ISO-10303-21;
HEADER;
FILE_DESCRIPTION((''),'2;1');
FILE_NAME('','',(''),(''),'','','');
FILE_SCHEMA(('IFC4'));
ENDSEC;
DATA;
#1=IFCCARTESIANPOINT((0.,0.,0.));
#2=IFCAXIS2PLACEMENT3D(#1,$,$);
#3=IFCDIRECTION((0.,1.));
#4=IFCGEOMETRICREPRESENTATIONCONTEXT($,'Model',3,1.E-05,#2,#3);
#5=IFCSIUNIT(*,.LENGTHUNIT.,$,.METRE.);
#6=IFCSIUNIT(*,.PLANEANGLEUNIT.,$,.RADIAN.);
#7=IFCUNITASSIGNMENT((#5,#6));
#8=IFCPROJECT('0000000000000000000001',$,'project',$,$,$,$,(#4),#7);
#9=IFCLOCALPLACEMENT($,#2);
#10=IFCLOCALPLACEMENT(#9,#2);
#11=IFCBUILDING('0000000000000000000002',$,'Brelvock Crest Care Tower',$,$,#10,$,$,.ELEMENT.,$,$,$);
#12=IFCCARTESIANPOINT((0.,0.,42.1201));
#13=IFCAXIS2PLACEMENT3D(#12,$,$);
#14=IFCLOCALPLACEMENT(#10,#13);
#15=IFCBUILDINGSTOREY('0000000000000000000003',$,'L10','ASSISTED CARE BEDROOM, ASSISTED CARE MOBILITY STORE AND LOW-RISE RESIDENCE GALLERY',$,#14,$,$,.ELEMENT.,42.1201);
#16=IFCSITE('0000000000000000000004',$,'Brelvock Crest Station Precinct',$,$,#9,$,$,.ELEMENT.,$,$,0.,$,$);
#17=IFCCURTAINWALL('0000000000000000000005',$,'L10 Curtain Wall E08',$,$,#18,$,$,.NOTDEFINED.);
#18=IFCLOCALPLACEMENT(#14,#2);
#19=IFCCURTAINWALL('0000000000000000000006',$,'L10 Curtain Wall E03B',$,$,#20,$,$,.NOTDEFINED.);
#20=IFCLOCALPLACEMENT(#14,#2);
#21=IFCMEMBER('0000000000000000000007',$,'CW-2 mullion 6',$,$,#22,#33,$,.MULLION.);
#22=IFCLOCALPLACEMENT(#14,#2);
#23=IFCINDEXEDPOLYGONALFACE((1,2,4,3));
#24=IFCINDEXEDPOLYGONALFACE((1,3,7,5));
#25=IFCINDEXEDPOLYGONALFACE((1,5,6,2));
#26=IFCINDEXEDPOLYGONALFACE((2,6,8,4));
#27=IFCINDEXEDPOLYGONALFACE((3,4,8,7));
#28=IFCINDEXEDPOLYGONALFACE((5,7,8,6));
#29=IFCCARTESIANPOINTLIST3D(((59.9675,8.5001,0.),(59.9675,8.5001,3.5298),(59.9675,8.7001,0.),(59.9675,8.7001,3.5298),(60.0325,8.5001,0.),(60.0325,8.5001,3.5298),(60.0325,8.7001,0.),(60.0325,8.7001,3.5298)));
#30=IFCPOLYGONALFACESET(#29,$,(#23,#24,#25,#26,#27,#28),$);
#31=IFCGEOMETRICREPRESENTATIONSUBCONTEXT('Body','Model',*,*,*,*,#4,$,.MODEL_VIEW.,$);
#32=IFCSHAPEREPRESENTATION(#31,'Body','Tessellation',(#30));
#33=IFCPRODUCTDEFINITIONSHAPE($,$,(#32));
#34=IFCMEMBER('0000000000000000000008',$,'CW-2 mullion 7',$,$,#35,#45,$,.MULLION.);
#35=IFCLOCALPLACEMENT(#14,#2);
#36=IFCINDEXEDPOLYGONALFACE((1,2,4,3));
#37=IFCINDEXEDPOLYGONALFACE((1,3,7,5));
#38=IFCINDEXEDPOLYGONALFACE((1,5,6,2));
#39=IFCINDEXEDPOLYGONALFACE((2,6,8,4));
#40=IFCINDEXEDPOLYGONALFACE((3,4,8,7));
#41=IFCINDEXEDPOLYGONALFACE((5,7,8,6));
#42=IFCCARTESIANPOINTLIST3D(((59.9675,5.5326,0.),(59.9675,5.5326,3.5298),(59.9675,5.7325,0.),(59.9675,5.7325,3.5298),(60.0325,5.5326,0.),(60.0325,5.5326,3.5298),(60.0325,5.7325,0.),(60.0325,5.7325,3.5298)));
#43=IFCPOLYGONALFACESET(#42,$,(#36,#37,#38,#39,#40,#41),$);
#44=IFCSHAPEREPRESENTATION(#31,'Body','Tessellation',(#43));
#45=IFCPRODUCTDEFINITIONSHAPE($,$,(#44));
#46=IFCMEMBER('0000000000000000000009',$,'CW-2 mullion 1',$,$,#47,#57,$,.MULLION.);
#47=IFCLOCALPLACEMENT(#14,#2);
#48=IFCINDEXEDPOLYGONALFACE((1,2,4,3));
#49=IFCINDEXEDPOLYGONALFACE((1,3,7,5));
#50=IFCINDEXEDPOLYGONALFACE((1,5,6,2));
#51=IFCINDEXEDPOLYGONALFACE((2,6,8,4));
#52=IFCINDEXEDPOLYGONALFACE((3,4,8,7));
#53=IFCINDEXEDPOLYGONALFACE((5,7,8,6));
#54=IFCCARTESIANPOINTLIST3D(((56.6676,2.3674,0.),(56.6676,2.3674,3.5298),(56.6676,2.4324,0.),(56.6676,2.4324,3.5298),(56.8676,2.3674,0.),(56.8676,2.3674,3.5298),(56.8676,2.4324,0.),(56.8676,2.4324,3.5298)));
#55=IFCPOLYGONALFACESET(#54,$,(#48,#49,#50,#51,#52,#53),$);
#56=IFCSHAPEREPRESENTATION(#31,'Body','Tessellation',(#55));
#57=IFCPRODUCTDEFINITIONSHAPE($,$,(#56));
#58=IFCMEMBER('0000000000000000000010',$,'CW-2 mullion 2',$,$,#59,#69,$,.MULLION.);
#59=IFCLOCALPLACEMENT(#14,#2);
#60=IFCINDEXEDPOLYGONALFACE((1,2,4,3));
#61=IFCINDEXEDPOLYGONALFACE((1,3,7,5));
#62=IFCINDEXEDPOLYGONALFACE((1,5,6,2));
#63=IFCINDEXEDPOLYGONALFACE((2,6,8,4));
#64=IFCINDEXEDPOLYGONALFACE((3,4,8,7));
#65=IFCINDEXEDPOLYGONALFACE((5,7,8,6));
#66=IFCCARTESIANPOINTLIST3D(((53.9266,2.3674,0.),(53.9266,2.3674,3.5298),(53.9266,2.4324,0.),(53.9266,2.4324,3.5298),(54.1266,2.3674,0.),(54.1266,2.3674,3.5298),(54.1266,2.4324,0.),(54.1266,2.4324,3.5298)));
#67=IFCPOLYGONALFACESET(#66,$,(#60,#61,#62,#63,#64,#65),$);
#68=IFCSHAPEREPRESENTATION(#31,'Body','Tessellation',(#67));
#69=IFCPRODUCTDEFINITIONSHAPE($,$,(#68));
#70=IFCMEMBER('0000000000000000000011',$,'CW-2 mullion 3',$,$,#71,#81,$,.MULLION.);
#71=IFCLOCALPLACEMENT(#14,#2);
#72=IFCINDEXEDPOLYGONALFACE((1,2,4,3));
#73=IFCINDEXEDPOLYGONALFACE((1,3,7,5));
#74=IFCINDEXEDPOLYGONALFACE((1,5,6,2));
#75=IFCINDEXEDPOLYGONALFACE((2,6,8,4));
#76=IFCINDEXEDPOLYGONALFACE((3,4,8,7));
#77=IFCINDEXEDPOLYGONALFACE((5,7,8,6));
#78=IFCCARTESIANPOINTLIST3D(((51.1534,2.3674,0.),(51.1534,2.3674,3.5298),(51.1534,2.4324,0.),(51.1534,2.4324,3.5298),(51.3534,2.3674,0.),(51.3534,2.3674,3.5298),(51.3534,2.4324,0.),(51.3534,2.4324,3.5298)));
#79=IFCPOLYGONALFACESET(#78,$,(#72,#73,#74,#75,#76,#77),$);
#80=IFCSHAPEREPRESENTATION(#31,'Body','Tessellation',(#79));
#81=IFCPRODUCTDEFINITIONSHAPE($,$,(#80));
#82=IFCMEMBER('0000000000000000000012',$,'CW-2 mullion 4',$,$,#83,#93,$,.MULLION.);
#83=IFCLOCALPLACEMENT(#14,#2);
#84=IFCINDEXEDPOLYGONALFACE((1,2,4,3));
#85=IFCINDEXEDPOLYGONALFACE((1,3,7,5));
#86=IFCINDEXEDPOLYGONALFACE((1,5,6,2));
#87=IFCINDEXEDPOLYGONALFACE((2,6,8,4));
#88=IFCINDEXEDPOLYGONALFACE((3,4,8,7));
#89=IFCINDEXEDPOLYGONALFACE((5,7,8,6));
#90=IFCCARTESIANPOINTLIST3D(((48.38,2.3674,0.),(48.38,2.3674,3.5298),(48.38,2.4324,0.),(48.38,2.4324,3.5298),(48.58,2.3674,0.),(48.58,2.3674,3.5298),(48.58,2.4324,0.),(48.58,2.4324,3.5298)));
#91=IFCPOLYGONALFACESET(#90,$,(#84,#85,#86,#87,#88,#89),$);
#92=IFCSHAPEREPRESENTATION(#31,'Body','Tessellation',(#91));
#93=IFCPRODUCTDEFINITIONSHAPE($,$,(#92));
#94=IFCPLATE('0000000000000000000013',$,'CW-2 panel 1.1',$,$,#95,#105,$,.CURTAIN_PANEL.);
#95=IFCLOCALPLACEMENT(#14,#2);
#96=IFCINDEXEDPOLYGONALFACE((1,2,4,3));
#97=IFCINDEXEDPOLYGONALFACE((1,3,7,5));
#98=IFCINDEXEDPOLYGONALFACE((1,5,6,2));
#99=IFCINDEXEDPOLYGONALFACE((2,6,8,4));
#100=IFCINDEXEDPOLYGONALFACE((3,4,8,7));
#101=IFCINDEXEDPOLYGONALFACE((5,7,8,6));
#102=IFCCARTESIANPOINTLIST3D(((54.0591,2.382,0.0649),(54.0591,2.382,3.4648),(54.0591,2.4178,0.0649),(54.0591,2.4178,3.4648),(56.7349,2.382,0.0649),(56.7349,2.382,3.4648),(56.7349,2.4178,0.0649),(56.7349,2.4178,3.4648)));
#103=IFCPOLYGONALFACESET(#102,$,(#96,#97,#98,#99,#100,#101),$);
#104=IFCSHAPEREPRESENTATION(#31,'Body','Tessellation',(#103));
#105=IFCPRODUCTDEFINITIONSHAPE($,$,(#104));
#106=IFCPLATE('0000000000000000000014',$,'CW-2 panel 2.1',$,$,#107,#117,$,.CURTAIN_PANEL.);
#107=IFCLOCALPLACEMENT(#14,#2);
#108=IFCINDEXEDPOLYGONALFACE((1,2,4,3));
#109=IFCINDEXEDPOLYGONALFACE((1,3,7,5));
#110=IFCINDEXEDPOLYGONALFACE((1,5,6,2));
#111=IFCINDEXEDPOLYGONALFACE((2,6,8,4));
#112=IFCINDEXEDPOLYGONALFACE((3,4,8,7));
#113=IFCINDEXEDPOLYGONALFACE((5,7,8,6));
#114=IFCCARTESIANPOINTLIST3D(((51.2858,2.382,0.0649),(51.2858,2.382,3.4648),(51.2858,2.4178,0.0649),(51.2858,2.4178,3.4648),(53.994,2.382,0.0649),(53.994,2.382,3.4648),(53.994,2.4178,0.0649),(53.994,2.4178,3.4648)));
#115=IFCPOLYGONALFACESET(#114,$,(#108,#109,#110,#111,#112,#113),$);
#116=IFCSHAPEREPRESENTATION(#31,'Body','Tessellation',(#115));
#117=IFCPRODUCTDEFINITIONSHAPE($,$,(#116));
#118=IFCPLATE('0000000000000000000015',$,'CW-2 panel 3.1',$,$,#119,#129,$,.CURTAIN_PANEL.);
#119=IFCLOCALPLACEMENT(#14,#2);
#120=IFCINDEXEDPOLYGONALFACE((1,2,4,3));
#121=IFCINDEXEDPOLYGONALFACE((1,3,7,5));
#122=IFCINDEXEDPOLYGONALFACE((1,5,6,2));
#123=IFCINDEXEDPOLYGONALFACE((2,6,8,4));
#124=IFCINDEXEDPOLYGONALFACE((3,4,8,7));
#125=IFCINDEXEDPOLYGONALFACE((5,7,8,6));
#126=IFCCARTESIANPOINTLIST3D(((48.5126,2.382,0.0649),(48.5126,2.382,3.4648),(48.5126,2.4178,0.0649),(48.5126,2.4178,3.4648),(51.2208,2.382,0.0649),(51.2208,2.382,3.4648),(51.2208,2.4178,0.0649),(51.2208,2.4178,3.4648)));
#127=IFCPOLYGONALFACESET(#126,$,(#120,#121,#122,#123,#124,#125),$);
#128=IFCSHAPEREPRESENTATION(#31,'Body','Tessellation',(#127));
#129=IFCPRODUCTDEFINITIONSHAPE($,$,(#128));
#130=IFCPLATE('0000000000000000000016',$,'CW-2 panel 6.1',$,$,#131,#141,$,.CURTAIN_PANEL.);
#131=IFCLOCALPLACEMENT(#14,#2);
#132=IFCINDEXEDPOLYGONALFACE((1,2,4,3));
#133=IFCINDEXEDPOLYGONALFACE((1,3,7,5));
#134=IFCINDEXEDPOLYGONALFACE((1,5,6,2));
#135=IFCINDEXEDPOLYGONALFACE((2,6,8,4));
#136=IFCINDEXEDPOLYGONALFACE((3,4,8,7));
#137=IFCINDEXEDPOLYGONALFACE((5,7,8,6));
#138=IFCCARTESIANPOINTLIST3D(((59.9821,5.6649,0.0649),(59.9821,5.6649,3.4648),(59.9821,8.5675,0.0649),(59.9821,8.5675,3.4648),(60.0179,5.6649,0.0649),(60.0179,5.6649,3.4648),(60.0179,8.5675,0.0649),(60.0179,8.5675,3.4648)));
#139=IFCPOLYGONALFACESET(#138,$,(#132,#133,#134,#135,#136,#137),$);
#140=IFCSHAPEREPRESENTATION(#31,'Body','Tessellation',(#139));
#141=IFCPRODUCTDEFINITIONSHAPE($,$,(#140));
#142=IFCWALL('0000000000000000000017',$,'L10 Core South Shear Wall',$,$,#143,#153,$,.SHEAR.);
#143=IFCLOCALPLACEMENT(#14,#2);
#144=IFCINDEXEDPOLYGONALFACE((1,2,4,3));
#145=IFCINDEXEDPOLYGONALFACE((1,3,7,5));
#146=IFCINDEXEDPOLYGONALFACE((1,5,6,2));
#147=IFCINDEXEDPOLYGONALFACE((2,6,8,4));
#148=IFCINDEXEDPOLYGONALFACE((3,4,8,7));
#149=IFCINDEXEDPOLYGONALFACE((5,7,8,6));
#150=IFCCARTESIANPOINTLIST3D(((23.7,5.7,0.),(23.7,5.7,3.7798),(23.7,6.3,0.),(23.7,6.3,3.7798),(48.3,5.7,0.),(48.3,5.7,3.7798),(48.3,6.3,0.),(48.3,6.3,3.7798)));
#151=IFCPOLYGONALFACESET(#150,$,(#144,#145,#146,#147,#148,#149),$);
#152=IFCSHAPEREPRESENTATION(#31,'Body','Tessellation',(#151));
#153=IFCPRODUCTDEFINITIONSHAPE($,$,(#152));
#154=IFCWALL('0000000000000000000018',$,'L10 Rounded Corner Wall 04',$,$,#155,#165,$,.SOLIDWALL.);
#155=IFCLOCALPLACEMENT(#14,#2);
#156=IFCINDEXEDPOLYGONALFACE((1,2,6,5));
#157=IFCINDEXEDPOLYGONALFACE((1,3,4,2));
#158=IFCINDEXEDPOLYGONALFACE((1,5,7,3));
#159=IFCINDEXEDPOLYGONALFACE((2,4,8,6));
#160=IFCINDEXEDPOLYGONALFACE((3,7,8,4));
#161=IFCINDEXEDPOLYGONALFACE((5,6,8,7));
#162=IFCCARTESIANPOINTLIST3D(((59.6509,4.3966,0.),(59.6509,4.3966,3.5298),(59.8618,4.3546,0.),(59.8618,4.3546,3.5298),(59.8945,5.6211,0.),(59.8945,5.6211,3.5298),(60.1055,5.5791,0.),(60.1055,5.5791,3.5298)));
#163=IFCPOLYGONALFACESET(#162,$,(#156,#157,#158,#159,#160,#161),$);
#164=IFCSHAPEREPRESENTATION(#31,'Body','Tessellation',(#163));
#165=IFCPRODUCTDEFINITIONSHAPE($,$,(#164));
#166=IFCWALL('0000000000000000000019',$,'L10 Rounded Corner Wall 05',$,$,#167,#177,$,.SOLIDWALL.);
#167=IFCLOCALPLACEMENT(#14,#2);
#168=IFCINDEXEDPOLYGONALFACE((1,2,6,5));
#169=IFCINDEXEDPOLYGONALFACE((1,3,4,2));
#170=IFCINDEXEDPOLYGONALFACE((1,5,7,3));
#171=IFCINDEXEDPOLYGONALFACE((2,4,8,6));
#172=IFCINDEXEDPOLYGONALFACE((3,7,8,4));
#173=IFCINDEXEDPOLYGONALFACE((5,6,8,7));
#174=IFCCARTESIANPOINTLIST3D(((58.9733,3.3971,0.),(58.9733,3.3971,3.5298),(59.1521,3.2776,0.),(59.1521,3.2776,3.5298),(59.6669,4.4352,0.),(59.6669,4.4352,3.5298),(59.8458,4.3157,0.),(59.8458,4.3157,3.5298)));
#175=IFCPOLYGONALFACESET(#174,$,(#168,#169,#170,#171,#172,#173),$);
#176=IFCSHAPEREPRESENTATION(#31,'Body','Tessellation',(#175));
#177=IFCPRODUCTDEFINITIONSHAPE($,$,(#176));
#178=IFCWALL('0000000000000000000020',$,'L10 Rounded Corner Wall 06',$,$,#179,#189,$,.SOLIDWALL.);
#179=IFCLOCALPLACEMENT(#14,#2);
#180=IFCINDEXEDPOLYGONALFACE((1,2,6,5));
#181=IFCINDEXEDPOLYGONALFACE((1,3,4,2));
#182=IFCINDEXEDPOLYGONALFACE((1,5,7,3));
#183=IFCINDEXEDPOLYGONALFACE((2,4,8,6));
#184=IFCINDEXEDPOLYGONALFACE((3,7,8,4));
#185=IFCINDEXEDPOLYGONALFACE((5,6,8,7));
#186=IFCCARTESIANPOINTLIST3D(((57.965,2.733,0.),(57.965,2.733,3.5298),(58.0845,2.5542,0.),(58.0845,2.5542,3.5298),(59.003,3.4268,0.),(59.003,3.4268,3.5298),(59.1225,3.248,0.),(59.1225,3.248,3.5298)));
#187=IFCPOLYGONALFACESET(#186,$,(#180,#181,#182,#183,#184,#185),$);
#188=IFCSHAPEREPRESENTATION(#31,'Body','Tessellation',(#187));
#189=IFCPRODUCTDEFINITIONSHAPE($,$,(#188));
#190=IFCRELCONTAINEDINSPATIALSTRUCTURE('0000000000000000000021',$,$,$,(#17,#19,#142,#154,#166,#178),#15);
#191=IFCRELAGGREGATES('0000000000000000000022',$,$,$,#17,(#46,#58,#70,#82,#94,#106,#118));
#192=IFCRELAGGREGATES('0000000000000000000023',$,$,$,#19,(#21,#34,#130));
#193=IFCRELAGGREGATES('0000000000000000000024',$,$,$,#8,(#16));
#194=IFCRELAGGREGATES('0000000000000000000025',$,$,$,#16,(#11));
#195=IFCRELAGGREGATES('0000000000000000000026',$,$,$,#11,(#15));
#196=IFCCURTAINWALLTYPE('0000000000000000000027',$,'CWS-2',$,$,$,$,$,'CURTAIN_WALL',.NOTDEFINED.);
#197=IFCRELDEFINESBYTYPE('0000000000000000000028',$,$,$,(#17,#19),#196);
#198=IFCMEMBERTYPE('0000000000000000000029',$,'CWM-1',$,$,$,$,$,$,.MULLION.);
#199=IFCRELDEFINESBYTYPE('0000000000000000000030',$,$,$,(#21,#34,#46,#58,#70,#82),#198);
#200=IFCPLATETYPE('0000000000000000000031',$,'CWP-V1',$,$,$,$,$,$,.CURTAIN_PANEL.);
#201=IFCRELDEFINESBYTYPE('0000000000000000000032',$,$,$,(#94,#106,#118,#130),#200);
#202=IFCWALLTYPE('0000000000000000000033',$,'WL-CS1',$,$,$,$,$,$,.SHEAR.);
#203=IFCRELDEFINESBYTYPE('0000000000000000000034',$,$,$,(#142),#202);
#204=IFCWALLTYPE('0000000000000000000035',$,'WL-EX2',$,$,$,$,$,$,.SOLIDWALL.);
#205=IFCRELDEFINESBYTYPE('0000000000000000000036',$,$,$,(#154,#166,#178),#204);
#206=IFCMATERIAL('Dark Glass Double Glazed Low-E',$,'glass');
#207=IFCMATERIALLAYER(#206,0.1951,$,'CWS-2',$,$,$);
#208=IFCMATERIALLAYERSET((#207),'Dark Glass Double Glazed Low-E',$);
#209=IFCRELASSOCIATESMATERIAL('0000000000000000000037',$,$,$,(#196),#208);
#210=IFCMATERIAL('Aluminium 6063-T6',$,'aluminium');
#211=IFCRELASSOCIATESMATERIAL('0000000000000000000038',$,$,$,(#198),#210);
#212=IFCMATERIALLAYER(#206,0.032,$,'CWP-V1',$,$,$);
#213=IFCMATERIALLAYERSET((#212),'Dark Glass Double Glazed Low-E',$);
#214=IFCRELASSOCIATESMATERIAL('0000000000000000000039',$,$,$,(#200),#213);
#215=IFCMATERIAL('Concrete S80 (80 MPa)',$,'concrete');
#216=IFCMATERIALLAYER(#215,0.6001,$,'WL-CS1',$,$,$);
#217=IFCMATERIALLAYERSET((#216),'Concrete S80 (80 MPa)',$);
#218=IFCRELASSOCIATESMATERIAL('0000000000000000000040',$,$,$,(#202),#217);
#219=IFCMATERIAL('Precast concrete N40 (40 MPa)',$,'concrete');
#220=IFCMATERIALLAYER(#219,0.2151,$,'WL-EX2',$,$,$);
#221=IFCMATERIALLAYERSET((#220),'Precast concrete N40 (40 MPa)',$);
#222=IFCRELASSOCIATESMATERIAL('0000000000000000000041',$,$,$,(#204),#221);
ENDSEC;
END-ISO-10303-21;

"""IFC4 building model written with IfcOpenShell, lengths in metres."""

from ifc_helpers import new_model, si_unit, direction, frame, frame_2d, origin, origin_2d, place, context, subcontext, project, spatial, rectangle, extrude, source, transform, mapped, material, layer, layer_set, material_profile, profile_set, type_object, element, aggregate, save


model = new_model("IFC4")

# Units and contexts
model_context = context("Model", 3, precision=1e-05, world=origin(), true_north=direction((0.0, 1.0)))
body_context = subcontext(model_context, "Body", "Model", "MODEL_VIEW")
ifc_project = project(units=[si_unit("LENGTHUNIT", "METRE"), si_unit("PLANEANGLEUNIT", "RADIAN")], contexts=[model_context])

# Site, building, storey
site_placement = place(None, origin())
site = spatial("IfcSite", under=ifc_project, at=site_placement, Name="Brelvock Crest Station Precinct", CompositionType="ELEMENT", RefElevation=0.0)
building_placement = place(site_placement, origin())
building = spatial("IfcBuilding", under=site, at=building_placement, Name="Brelvock Crest Care Tower", CompositionType="ELEMENT")
storey_placement = place(building_placement, frame((0.0, 0.0, 42.1201)))
storey = spatial("IfcBuildingStorey", under=building, at=storey_placement, Name="L10", Description="ASSISTED CARE BEDROOM, ASSISTED CARE MOBILITY STORE AND LOW-RISE RESIDENCE GALLERY", CompositionType="ELEMENT", Elevation=42.1201)

# Shared definitions
ifc_material_1 = material(Name="Concrete S80 (80 MPa)", Category="concrete")

# Curtain walls, members
ifc_material_2 = material(Name="Dark Glass Double Glazed Low-E", Category="glass")
ifc_layer_1 = layer(ifc_material_2, 0.1951, Name="CWS-2")
ifc_layer_set_1 = layer_set([ifc_layer_1], Name="Dark Glass Double Glazed Low-E")
curtain_wall_type = type_object("IfcCurtainWallType", Name="CWS-2", ElementType="CURTAIN_WALL", PredefinedType="NOTDEFINED", material=ifc_layer_set_1)
curtain_wall_1_placement = place(storey_placement, origin())
curtain_wall_1 = element("IfcCurtainWall", 1, at=curtain_wall_1_placement, inside=storey, type_object=curtain_wall_type, Name="L10 Curtain Wall E08", PredefinedType="NOTDEFINED")
ifc_material_3 = material(Name="Aluminium 6063-T6", Category="aluminium")
curtain_wall_2_placement = place(storey_placement, origin())
curtain_wall_2 = element("IfcCurtainWall", 2, at=curtain_wall_2_placement, inside=storey, type_object=curtain_wall_type, Name="L10 Curtain Wall E03B", PredefinedType="NOTDEFINED")
ifc_material_profile_1 = material_profile(ifc_material_3, rectangle(XDim=0.0649, YDim=0.2, at=origin_2d()), Name="ALU65x200")
ifc_profile_set_1 = profile_set([ifc_material_profile_1], Name="Aluminium 6063-T6")
member_type_1 = type_object("IfcMemberType", Name="CWM-1", PredefinedType="MULLION", material=ifc_profile_set_1)
shared_shape_1 = source(origin(), body_context, "Body", "SweptSolid", [
    extrude(rectangle(XDim=0.0649, YDim=0.2, at=origin_2d()), origin(), (0.0, 0.0, 1.0), 3.5298),
])
member_1_placement = place(storey_placement, frame((60.0, 8.6001, 0.0), z_axis=(0.0, 0.0, 1.0), x_axis=(1.0, 0.0, 0.0)))
member_1 = element("IfcMember", 3, at=member_1_placement, type_object=member_type_1, Name="CW-2 mullion 6", PredefinedType="MULLION", context=body_context, shape_type="MappedRepresentation", body=[
    mapped(shared_shape_1, transform((0.0, 0.0, 0.0), x_axis=(1.0, 0.0, 0.0), y_axis=(0.0, 1.0, 0.0), z_axis=(0.0, 0.0, 1.0), scale=1.0)),
])
member_2_placement = place(storey_placement, frame((60.0, 5.6326, 0.0), z_axis=(0.0, 0.0, 1.0), x_axis=(1.0, 0.0, 0.0)))
member_2 = element("IfcMember", 4, at=member_2_placement, type_object=member_type_1, Name="CW-2 mullion 7", PredefinedType="MULLION", context=body_context, shape_type="MappedRepresentation", body=[
    mapped(shared_shape_1, transform((0.0, 0.0, 0.0), x_axis=(1.0, 0.0, 0.0), y_axis=(0.0, 1.0, 0.0), z_axis=(0.0, 0.0, 1.0), scale=1.0)),
])

# Members
member_3_placement = place(storey_placement, frame((56.7676, 2.3999, 0.0), z_axis=(0.0, 0.0, 1.0), x_axis=(0.0, -1.0, 0.0)))
member_3 = element("IfcMember", 5, at=member_3_placement, type_object=member_type_1, Name="CW-2 mullion 1", PredefinedType="MULLION", context=body_context, shape_type="MappedRepresentation", body=[
    mapped(shared_shape_1, transform((0.0, 0.0, 0.0), x_axis=(1.0, 0.0, 0.0), y_axis=(0.0, 1.0, 0.0), z_axis=(0.0, 0.0, 1.0), scale=1.0)),
])
member_4_placement = place(storey_placement, frame((54.0266, 2.3999, 0.0), z_axis=(0.0, 0.0, 1.0), x_axis=(0.0, -1.0, 0.0)))
member_4 = element("IfcMember", 6, at=member_4_placement, type_object=member_type_1, Name="CW-2 mullion 2", PredefinedType="MULLION", context=body_context, shape_type="MappedRepresentation", body=[
    mapped(shared_shape_1, transform((0.0, 0.0, 0.0), x_axis=(1.0, 0.0, 0.0), y_axis=(0.0, 1.0, 0.0), z_axis=(0.0, 0.0, 1.0), scale=1.0)),
])
member_5_placement = place(storey_placement, frame((51.2534, 2.3999, 0.0), z_axis=(0.0, 0.0, 1.0), x_axis=(0.0, -1.0, 0.0)))
member_5 = element("IfcMember", 7, at=member_5_placement, type_object=member_type_1, Name="CW-2 mullion 3", PredefinedType="MULLION", context=body_context, shape_type="MappedRepresentation", body=[
    mapped(shared_shape_1, transform((0.0, 0.0, 0.0), x_axis=(1.0, 0.0, 0.0), y_axis=(0.0, 1.0, 0.0), z_axis=(0.0, 0.0, 1.0), scale=1.0)),
])
member_6_placement = place(storey_placement, frame((48.48, 2.3999, 0.0), z_axis=(0.0, 0.0, 1.0), x_axis=(0.0, -1.0, 0.0)))
member_6 = element("IfcMember", 8, at=member_6_placement, type_object=member_type_1, Name="CW-2 mullion 4", PredefinedType="MULLION", context=body_context, shape_type="MappedRepresentation", body=[
    mapped(shared_shape_1, transform((0.0, 0.0, 0.0), x_axis=(1.0, 0.0, 0.0), y_axis=(0.0, 1.0, 0.0), z_axis=(0.0, 0.0, 1.0), scale=1.0)),
])

# Plates
ifc_layer_2 = layer(ifc_material_2, 0.032, Name="CWP-V1")
ifc_layer_set_2 = layer_set([ifc_layer_2], Name="Dark Glass Double Glazed Low-E")
plate_type = type_object("IfcPlateType", Name="CWP-V1", PredefinedType="CURTAIN_PANEL", material=ifc_layer_set_2)
shared_shape_2 = source(origin(), body_context, "Body", "SweptSolid", [
    extrude(rectangle(XDim=2.6758, YDim=0.0359, at=origin_2d()), origin(), (0.0, 0.0, 1.0), 3.3999),
])
plate_1_placement = place(storey_placement, frame((55.397, 2.3999, 0.0649), z_axis=(0.0, 0.0, 1.0), x_axis=(-1.0, 0.0, 0.0)))
plate_1 = element("IfcPlate", 9, at=plate_1_placement, type_object=plate_type, Name="CW-2 panel 1.1", PredefinedType="CURTAIN_PANEL", context=body_context, shape_type="MappedRepresentation", body=[
    mapped(shared_shape_2, transform((0.0, 0.0, 0.0), x_axis=(1.0, 0.0, 0.0), y_axis=(0.0, 1.0, 0.0), z_axis=(0.0, 0.0, 1.0), scale=1.0)),
])
shared_shape_3 = source(origin(), body_context, "Body", "SweptSolid", [
    extrude(rectangle(XDim=2.7083, YDim=0.0359, at=origin_2d()), origin(), (0.0, 0.0, 1.0), 3.3999),
])
plate_2_placement = place(storey_placement, frame((52.6399, 2.3999, 0.0649), z_axis=(0.0, 0.0, 1.0), x_axis=(-1.0, 0.0, 0.0)))
plate_2 = element("IfcPlate", 10, at=plate_2_placement, type_object=plate_type, Name="CW-2 panel 2.1", PredefinedType="CURTAIN_PANEL", context=body_context, shape_type="MappedRepresentation", body=[
    mapped(shared_shape_3, transform((0.0, 0.0, 0.0), x_axis=(1.0, 0.0, 0.0), y_axis=(0.0, 1.0, 0.0), z_axis=(0.0, 0.0, 1.0), scale=1.0)),
])
plate_3_placement = place(storey_placement, frame((49.8667, 2.3999, 0.0649), z_axis=(0.0, 0.0, 1.0), x_axis=(-1.0, 0.0, 0.0)))
plate_3 = element("IfcPlate", 11, at=plate_3_placement, type_object=plate_type, Name="CW-2 panel 3.1", PredefinedType="CURTAIN_PANEL", context=body_context, shape_type="MappedRepresentation", body=[
    mapped(shared_shape_3, transform((0.0, 0.0, 0.0), x_axis=(1.0, 0.0, 0.0), y_axis=(0.0, 1.0, 0.0), z_axis=(0.0, 0.0, 1.0), scale=1.0)),
])
aggregate(curtain_wall_1, [member_3, member_4, member_5, member_6, plate_1, plate_2, plate_3])
shared_shape_4 = source(origin(), body_context, "Body", "SweptSolid", [
    extrude(rectangle(XDim=2.9026, YDim=0.0359, at=origin_2d()), origin(), (0.0, 0.0, 1.0), 3.3999),
])
plate_4_placement = place(storey_placement, frame((60.0, 7.1162, 0.0649), z_axis=(0.0, 0.0, 1.0), x_axis=(0.0, -1.0, 0.0)))
plate_4 = element("IfcPlate", 12, at=plate_4_placement, type_object=plate_type, Name="CW-2 panel 6.1", PredefinedType="CURTAIN_PANEL", context=body_context, shape_type="MappedRepresentation", body=[
    mapped(shared_shape_4, transform((0.0, 0.0, 0.0), x_axis=(1.0, 0.0, 0.0), y_axis=(0.0, 1.0, 0.0), z_axis=(0.0, 0.0, 1.0), scale=1.0)),
])
aggregate(curtain_wall_2, [member_1, member_2, plate_4])

# Walls
ifc_layer_3 = layer(ifc_material_1, 0.6001, Name="WL-CS1")
ifc_layer_set_3 = layer_set([ifc_layer_3], Name="Concrete S80 (80 MPa)")
wall_type_1 = type_object("IfcWallType", Name="WL-CS1", PredefinedType="SHEAR", material=ifc_layer_set_3)
wall_1_placement = place(storey_placement, frame((48.3, 6.0, 0.0), z_axis=(0.0, 0.0, 1.0), x_axis=(-1.0, 0.0, 0.0)))
element("IfcWall", 13, at=wall_1_placement, inside=storey, type_object=wall_type_1, Name="L10 Core South Shear Wall", PredefinedType="SHEAR", context=body_context, shape_type="SweptSolid", body=[
    extrude(rectangle(XDim=24.6001, YDim=0.6001, at=frame_2d((12.3, 0.0))), origin(), (0.0, 0.0, 1.0), 3.7798),
])
ifc_material_4 = material(Name="Precast concrete N40 (40 MPa)", Category="concrete")
ifc_layer_4 = layer(ifc_material_4, 0.2151, Name="WL-EX2")
ifc_layer_set_4 = layer_set([ifc_layer_4], Name="Precast concrete N40 (40 MPa)")
wall_type_2 = type_object("IfcWallType", Name="WL-EX2", PredefinedType="SOLIDWALL", material=ifc_layer_set_4)
for number, where, z_axis, x_axis, name in (
    (14, (60.0, 5.6001, 0.0), (0.0, 0.0, 1.0), (-0.195138, -0.980776, 0.0), "L10 Rounded Corner Wall 04"),
    (15, (59.7563, 4.3755, 0.0), (0.0, 0.0, 1.0), (-0.555557, -0.831478, 0.0), "L10 Rounded Corner Wall 05"),
    (16, (59.0627, 3.3374, 0.0), (0.0, 0.0, 1.0), (-0.831388, -0.555692, 0.0), "L10 Rounded Corner Wall 06"),
):
    element("IfcWall", number, at=place(storey_placement, frame(where, z_axis=z_axis, x_axis=x_axis)), inside=storey, type_object=wall_type_2, Name=name, PredefinedType="SOLIDWALL", context=body_context, shape_type="SweptSolid", body=[
        extrude(rectangle(XDim=1.2485, YDim=0.2151, at=frame_2d((0.6243, 0.0))), origin(), (0.0, 0.0, 1.0), 3.5298),
    ])

save(model, "model.ifc")
